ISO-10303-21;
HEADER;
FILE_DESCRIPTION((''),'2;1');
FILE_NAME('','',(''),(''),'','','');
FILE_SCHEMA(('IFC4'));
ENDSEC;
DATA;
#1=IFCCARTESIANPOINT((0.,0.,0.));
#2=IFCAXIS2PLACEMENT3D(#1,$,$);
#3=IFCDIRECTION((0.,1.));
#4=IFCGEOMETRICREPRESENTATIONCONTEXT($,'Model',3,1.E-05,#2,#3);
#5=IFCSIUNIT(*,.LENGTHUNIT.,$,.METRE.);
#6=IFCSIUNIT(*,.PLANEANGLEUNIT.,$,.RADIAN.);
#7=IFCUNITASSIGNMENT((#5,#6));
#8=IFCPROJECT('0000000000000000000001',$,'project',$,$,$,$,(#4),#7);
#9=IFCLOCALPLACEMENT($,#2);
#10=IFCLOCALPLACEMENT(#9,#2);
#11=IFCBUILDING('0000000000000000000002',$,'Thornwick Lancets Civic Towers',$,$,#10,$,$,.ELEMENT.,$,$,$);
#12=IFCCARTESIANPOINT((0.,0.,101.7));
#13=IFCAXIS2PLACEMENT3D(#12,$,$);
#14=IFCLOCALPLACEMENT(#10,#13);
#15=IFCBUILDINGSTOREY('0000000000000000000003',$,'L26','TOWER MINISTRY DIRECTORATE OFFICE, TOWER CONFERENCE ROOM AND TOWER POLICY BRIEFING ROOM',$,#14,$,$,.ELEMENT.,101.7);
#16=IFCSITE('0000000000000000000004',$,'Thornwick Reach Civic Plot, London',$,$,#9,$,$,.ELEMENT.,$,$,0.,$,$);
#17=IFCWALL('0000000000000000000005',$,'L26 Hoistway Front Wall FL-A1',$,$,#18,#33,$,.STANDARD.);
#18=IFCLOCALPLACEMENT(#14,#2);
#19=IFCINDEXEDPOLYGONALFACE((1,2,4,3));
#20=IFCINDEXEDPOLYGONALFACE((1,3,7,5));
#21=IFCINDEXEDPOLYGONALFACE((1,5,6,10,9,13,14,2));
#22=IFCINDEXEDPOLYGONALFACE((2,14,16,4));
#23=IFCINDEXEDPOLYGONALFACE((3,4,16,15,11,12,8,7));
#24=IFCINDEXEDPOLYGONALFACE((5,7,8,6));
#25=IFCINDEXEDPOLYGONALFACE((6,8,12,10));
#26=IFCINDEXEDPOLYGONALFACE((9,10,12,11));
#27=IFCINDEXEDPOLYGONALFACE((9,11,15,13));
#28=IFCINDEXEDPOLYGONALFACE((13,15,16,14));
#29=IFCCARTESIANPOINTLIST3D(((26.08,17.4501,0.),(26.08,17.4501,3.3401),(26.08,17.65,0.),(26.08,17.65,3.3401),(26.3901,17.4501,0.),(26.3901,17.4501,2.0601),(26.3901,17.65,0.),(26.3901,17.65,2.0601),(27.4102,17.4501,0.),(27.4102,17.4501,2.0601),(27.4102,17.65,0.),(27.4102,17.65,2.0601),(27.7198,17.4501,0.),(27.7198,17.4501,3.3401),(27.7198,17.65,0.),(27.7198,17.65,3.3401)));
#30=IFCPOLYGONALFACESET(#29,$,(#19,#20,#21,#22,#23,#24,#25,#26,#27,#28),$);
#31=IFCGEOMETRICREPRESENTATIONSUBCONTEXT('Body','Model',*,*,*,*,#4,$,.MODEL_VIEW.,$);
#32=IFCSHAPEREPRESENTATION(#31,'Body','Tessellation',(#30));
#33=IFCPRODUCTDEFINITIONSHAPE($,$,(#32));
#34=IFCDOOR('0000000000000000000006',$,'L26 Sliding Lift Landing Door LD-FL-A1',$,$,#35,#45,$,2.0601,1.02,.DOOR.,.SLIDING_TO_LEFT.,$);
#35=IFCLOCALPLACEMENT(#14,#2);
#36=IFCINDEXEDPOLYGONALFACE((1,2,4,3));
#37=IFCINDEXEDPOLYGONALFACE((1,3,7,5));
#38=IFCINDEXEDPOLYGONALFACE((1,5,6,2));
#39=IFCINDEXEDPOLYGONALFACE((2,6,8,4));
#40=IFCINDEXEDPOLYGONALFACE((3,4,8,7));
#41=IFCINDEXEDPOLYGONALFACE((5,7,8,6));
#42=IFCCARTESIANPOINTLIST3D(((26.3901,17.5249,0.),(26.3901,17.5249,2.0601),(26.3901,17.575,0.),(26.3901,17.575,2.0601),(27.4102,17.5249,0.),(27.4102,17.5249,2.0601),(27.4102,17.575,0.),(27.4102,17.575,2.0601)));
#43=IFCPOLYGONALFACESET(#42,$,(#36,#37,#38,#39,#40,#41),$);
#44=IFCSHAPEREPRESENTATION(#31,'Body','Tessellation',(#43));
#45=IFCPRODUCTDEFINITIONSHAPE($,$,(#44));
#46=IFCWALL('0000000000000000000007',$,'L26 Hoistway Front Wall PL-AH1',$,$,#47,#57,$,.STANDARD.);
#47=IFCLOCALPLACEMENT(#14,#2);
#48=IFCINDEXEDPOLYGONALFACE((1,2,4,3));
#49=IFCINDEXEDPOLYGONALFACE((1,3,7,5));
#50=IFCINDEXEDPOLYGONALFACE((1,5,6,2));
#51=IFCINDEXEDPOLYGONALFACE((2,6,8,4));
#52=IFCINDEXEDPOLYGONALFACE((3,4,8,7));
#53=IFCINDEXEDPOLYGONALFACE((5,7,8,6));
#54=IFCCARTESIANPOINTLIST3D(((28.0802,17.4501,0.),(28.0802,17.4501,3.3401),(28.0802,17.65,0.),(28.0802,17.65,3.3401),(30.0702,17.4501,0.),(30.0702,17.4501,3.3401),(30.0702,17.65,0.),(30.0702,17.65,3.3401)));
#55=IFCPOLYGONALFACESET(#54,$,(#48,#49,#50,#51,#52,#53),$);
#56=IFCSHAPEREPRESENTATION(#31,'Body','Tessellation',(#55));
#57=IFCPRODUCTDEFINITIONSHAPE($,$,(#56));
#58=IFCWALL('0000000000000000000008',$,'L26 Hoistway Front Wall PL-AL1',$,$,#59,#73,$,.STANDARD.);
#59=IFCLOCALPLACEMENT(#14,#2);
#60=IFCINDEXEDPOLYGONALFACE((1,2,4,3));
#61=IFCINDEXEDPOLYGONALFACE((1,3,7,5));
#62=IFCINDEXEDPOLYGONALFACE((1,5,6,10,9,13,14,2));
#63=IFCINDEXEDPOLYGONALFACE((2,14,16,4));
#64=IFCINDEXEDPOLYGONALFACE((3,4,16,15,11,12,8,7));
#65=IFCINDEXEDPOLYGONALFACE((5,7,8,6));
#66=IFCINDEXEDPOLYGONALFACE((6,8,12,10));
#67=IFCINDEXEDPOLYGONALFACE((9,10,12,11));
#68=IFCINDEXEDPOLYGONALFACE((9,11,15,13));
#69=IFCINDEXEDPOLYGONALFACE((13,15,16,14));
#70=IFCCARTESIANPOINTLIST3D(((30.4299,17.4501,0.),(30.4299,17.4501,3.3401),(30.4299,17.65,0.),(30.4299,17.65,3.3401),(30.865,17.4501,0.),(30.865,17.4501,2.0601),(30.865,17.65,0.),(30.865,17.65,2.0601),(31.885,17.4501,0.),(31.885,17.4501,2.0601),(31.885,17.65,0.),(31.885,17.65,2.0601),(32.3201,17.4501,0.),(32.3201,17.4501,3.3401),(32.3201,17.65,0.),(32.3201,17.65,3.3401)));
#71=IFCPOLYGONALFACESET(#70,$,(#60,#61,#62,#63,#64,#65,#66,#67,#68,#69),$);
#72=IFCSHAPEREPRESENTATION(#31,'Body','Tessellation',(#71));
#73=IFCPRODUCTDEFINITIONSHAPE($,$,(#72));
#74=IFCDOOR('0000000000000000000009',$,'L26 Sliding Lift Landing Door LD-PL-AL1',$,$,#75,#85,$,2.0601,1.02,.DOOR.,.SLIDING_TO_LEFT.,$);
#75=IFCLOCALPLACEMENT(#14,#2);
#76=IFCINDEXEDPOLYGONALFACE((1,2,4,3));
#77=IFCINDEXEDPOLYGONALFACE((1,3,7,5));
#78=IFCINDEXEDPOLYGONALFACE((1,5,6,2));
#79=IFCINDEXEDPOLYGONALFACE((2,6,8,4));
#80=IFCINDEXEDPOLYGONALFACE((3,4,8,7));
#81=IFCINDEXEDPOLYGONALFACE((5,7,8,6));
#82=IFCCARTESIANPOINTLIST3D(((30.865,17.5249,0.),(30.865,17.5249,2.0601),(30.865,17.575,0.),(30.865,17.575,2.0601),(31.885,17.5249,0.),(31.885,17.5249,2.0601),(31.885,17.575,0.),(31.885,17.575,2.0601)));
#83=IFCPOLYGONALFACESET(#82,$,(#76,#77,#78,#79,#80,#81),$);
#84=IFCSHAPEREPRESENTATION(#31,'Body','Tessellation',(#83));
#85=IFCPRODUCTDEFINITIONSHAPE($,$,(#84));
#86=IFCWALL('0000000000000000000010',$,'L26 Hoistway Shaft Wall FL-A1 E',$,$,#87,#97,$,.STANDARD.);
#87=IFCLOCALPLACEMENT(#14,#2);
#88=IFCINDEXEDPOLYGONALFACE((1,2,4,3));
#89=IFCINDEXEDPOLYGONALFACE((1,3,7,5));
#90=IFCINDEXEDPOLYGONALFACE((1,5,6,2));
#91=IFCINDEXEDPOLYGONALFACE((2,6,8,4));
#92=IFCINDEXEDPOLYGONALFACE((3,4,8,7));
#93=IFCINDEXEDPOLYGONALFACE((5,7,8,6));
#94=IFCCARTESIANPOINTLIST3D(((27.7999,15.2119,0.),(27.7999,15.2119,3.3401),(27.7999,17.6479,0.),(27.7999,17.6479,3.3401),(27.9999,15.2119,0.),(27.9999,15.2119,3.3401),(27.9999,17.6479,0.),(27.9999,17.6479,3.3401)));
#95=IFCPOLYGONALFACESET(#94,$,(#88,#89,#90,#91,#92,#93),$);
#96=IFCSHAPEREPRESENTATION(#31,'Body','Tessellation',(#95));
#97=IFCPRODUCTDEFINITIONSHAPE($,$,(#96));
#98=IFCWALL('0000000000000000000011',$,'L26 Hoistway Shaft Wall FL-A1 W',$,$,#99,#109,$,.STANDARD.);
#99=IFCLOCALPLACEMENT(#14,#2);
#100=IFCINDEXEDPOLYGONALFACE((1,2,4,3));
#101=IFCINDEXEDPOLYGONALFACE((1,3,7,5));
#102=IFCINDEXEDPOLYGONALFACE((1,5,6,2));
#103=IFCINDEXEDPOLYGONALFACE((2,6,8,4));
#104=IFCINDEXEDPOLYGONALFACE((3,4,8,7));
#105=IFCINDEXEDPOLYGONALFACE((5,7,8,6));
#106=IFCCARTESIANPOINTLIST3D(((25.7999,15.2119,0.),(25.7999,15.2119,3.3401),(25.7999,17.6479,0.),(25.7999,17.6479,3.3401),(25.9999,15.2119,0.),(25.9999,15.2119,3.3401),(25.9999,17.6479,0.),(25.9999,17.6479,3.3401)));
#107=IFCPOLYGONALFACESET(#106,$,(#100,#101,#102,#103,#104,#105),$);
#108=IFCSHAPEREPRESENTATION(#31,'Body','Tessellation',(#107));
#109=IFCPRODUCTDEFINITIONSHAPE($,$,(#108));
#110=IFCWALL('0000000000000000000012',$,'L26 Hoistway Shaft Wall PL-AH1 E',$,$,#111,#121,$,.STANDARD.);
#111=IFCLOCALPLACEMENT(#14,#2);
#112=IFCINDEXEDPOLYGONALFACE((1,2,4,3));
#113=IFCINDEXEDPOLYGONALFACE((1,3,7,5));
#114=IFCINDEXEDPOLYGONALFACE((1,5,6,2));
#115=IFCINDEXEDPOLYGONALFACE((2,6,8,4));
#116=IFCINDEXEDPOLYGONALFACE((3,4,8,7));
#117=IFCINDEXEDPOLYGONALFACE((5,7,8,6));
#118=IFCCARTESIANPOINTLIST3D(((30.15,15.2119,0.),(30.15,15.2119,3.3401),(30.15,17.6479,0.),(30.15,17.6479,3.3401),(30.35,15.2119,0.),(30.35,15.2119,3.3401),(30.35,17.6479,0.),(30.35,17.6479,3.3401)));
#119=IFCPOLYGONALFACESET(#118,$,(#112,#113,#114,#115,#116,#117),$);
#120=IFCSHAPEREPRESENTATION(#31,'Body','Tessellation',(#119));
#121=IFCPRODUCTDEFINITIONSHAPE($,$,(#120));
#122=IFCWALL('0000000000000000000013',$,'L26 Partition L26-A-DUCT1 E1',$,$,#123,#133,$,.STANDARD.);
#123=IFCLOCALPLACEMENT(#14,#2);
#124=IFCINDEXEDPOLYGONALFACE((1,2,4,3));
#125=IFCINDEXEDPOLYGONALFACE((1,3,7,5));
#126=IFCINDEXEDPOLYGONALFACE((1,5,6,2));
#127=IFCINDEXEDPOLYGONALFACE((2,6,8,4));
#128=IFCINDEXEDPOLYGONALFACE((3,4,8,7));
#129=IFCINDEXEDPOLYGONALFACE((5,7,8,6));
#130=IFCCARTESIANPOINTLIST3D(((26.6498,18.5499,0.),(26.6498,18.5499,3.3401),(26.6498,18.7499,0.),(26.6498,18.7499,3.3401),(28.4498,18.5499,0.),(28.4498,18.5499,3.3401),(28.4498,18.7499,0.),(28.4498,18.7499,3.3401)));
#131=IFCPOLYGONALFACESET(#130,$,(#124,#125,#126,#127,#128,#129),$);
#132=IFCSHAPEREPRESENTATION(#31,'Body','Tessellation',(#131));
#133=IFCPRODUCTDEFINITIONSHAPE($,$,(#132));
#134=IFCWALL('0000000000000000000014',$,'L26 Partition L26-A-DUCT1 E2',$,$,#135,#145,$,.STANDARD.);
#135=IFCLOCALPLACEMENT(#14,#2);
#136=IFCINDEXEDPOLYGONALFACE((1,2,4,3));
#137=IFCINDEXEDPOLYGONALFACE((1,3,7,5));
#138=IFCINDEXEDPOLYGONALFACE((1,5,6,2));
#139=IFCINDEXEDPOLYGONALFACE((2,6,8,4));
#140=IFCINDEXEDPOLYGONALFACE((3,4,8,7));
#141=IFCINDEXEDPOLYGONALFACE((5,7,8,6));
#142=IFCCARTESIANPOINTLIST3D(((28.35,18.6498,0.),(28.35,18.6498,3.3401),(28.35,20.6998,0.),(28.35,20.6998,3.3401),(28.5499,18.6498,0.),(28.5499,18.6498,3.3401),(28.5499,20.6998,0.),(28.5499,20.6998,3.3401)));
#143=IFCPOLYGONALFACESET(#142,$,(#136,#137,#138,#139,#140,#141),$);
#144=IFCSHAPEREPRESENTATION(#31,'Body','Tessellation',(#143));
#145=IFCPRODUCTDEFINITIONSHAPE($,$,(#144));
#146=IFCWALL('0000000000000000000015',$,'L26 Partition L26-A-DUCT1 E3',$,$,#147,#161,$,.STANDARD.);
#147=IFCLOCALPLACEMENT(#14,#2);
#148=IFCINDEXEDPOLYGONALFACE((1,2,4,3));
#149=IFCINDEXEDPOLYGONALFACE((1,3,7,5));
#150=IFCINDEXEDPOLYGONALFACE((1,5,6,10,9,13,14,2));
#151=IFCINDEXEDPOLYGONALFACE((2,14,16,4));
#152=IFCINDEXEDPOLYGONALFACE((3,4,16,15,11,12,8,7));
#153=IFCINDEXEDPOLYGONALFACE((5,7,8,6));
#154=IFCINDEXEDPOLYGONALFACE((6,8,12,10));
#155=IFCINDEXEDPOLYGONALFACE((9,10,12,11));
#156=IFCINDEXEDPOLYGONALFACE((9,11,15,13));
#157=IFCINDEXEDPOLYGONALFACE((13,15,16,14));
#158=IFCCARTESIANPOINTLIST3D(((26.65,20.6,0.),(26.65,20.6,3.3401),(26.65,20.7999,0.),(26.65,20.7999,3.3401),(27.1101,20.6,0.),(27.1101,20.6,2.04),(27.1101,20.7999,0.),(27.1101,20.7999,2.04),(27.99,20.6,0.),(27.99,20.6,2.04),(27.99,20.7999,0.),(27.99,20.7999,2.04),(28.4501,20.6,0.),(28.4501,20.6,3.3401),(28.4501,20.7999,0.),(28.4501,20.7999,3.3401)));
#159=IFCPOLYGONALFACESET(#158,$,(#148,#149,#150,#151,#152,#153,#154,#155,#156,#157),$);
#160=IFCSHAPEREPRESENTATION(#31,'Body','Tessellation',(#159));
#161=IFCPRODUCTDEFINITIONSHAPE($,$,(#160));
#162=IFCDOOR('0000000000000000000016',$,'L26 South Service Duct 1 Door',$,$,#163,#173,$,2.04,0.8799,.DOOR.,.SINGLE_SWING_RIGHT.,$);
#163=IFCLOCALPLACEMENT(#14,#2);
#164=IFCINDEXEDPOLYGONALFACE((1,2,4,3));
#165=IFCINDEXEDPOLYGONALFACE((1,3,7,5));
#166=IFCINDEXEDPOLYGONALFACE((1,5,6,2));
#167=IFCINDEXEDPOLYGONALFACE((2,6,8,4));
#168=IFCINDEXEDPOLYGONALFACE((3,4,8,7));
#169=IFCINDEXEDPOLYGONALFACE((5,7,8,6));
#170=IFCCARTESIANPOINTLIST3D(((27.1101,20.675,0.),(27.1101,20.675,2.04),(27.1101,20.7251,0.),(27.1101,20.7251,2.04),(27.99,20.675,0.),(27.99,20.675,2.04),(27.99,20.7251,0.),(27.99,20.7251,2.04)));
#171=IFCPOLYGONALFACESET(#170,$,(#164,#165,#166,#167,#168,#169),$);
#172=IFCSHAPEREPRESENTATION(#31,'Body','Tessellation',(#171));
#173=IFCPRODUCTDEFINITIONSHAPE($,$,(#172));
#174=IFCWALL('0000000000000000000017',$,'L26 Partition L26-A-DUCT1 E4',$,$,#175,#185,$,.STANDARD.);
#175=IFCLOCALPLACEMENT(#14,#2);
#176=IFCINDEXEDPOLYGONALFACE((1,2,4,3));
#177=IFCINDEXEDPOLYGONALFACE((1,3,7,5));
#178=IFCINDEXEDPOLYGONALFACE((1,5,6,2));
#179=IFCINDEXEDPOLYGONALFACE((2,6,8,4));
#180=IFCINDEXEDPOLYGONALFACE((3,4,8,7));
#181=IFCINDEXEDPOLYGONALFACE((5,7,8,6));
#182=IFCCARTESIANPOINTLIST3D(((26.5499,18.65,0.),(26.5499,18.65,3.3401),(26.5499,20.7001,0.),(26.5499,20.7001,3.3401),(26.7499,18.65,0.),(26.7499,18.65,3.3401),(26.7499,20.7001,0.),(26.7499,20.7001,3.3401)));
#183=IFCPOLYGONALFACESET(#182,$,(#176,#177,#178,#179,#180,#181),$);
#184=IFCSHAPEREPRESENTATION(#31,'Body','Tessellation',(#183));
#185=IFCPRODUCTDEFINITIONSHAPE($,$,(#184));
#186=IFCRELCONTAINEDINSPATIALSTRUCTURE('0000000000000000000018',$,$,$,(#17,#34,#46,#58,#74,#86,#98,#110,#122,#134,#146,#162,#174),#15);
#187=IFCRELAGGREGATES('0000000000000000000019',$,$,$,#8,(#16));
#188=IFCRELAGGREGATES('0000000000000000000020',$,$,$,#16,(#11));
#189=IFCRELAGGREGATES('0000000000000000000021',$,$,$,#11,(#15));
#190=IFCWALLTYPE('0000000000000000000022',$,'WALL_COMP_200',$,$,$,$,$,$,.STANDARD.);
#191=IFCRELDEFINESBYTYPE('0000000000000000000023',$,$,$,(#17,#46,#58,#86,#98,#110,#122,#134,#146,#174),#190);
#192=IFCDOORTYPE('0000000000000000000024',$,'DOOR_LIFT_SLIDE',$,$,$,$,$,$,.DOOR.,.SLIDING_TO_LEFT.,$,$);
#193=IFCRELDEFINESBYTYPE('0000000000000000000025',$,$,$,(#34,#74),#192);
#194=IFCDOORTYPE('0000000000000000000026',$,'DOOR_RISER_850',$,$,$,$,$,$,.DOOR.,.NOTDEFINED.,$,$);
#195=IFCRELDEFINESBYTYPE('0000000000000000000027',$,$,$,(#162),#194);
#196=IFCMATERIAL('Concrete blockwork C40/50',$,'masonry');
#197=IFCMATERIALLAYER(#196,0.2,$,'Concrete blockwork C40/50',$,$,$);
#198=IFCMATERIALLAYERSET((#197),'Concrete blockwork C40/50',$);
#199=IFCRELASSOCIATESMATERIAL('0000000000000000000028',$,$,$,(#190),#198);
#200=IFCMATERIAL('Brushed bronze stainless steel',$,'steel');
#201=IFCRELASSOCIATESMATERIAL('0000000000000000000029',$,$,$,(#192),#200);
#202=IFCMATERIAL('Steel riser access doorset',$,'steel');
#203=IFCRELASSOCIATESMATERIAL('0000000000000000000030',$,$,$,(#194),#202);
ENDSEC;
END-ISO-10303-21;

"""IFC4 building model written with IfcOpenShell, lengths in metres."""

from ifc_helpers import new_model, si_unit, direction, frame, frame_2d, origin, place, context, subcontext, project, spatial, rectangle, extrude, material, layer, layer_set, type_object, element, fill, save


model = new_model("IFC4")

# Units and contexts
model_context = context("Model", 3, precision=1e-05, world=origin(), true_north=direction((0.0, 1.0)))
body_context = subcontext(model_context, "Body", "Model", "MODEL_VIEW")
ifc_project = project(units=[si_unit("LENGTHUNIT", "METRE"), si_unit("PLANEANGLEUNIT", "RADIAN")], contexts=[model_context])

# Site, building, storey
site_placement = place(None, origin())
site = spatial("IfcSite", under=ifc_project, at=site_placement, Name="Thornwick Reach Civic Plot, London", CompositionType="ELEMENT", RefElevation=0.0)
building_placement = place(site_placement, origin())
building = spatial("IfcBuilding", under=site, at=building_placement, Name="Thornwick Lancets Civic Towers", CompositionType="ELEMENT")
storey_placement = place(building_placement, frame((0.0, 0.0, 101.7)))
storey = spatial("IfcBuildingStorey", under=building, at=storey_placement, Name="L26", Description="TOWER MINISTRY DIRECTORATE OFFICE, TOWER CONFERENCE ROOM AND TOWER POLICY BRIEFING ROOM", CompositionType="ELEMENT", Elevation=101.7)

# Wall, opening, door
ifc_material_1 = material(Name="Concrete blockwork C40/50", Category="masonry")
ifc_layer_1 = layer(ifc_material_1, 0.2, Name="Concrete blockwork C40/50")
ifc_layer_set_1 = layer_set([ifc_layer_1], Name="Concrete blockwork C40/50")
wall_type_1 = type_object("IfcWallType", Name="WALL_COMP_200", PredefinedType="STANDARD", material=ifc_layer_set_1)
wall_1_placement = place(storey_placement, frame((26.0801, 17.55, 0.0), z_axis=(0.0, 0.0, 1.0), x_axis=(1.0, 0.0, 0.0)))
wall_1 = element("IfcWall", 1, at=wall_1_placement, inside=storey, type_object=wall_type_1, Name="L26 Hoistway Front Wall FL-A1", PredefinedType="STANDARD", context=body_context, shape_type="SweptSolid", body=[
    extrude(rectangle(XDim=1.6399, YDim=0.2, at=frame_2d((0.8198, 0.0))), origin(), (0.0, 0.0, 1.0), 3.3401),
])
opening_1_placement = place(wall_1_placement, frame((0.3101, 0.0, 0.0)))
opening_1 = element("IfcOpeningElement", 2, at=opening_1_placement, cuts=wall_1, PredefinedType="OPENING", context=body_context, shape_type="SweptSolid", body=[
    extrude(rectangle(XDim=1.02, YDim=2.0601, at=frame_2d((0.51, 1.03))), frame((0.0, 0.1099, 0.0), z_axis=(0.0, -1.0, 0.0), x_axis=(1.0, 0.0, 0.0)), (0.0, 0.0, 1.0), 0.22),
])
ifc_material_2 = material(Name="Brushed bronze stainless steel", Category="steel")
door_type_1 = type_object("IfcDoorType", Name="DOOR_LIFT_SLIDE", OperationType="SLIDING_TO_LEFT", PredefinedType="DOOR", material=ifc_material_2)
door_1_placement = place(opening_1_placement, origin())
door_1 = element("IfcDoor", 3, at=door_1_placement, inside=storey, type_object=door_type_1, Name="L26 Sliding Lift Landing Door LD-FL-A1", OperationType="SLIDING_TO_LEFT", OverallHeight=2.0601, OverallWidth=1.02, PredefinedType="DOOR", context=body_context, shape_type="SweptSolid", body=[
    extrude(rectangle(XDim=1.02, YDim=2.0601, at=frame_2d((0.51, 1.03))), frame((0.0, 0.0249, 0.0), z_axis=(0.0, -1.0, 0.0), x_axis=(1.0, 0.0, 0.0)), (0.0, 0.0, 1.0), 0.05),
])
fill(opening_1, door_1)

# Wall
wall_2_placement = place(storey_placement, frame((28.0801, 17.55, 0.0), z_axis=(0.0, 0.0, 1.0), x_axis=(1.0, 0.0, 0.0)))
element("IfcWall", 4, at=wall_2_placement, inside=storey, type_object=wall_type_1, Name="L26 Hoistway Front Wall PL-AH1", PredefinedType="STANDARD", context=body_context, shape_type="SweptSolid", body=[
    extrude(rectangle(XDim=1.99, YDim=0.2, at=frame_2d((0.9951, 0.0))), origin(), (0.0, 0.0, 1.0), 3.3401),
])

# Wall, opening, door
wall_3_placement = place(storey_placement, frame((30.4299, 17.55, 0.0), z_axis=(0.0, 0.0, 1.0), x_axis=(1.0, 0.0, 0.0)))
wall_3 = element("IfcWall", 5, at=wall_3_placement, inside=storey, type_object=wall_type_1, Name="L26 Hoistway Front Wall PL-AL1", PredefinedType="STANDARD", context=body_context, shape_type="SweptSolid", body=[
    extrude(rectangle(XDim=1.8901, YDim=0.2, at=frame_2d((0.9451, 0.0))), origin(), (0.0, 0.0, 1.0), 3.3401),
])
opening_2_placement = place(wall_3_placement, frame((0.4351, 0.0, 0.0)))
opening_2 = element("IfcOpeningElement", 6, at=opening_2_placement, cuts=wall_3, PredefinedType="OPENING", context=body_context, shape_type="SweptSolid", body=[
    extrude(rectangle(XDim=1.02, YDim=2.0601, at=frame_2d((0.51, 1.03))), frame((0.0, 0.1099, 0.0), z_axis=(0.0, -1.0, 0.0), x_axis=(1.0, 0.0, 0.0)), (0.0, 0.0, 1.0), 0.22),
])
door_2_placement = place(opening_2_placement, origin())
door_2 = element("IfcDoor", 7, at=door_2_placement, inside=storey, type_object=door_type_1, Name="L26 Sliding Lift Landing Door LD-PL-AL1", OperationType="SLIDING_TO_LEFT", OverallHeight=2.0601, OverallWidth=1.02, PredefinedType="DOOR", context=body_context, shape_type="SweptSolid", body=[
    extrude(rectangle(XDim=1.02, YDim=2.0601, at=frame_2d((0.51, 1.03))), frame((0.0, 0.0249, 0.0), z_axis=(0.0, -1.0, 0.0), x_axis=(1.0, 0.0, 0.0)), (0.0, 0.0, 1.0), 0.05),
])
fill(opening_2, door_2)

# Walls
for number, where, z_axis, x_axis, name in (
    (8, (27.8999, 15.2119, 0.0), (0.0, 0.0, 1.0), (0.0, 1.0, 0.0), "L26 Hoistway Shaft Wall FL-A1 E"),
    (9, (25.8999, 15.2119, 0.0), (0.0, 0.0, 1.0), (0.0, 1.0, 0.0), "L26 Hoistway Shaft Wall FL-A1 W"),
    (10, (30.25, 15.2119, 0.0), (0.0, 0.0, 1.0), (0.0, 1.0, 0.0), "L26 Hoistway Shaft Wall PL-AH1 E"),
):
    element("IfcWall", number, at=place(storey_placement, frame(where, z_axis=z_axis, x_axis=x_axis)), inside=storey, type_object=wall_type_1, Name=name, PredefinedType="STANDARD", context=body_context, shape_type="SweptSolid", body=[
        extrude(rectangle(XDim=2.436, YDim=0.2, at=frame_2d((1.218, 0.0))), origin(), (0.0, 0.0, 1.0), 3.3401),
    ])
wall_4_placement = place(storey_placement, frame((26.6499, 18.6499, 0.0), z_axis=(0.0, 0.0, 1.0), x_axis=(1.0, 0.0, 0.0)))
element("IfcWall", 11, at=wall_4_placement, inside=storey, type_object=wall_type_1, Name="L26 Partition L26-A-DUCT1 E1", PredefinedType="STANDARD", context=body_context, shape_type="SweptSolid", body=[
    extrude(rectangle(XDim=1.8, YDim=0.2, at=frame_2d((0.8999, 0.0))), origin(), (0.0, 0.0, 1.0), 3.3401),
])
wall_5_placement = place(storey_placement, frame((28.45, 18.6499, 0.0), z_axis=(0.0, 0.0, 1.0), x_axis=(0.0, 1.0, 0.0)))
element("IfcWall", 12, at=wall_5_placement, inside=storey, type_object=wall_type_1, Name="L26 Partition L26-A-DUCT1 E2", PredefinedType="STANDARD", context=body_context, shape_type="SweptSolid", body=[
    extrude(rectangle(XDim=2.05, YDim=0.2, at=frame_2d((1.0249, 0.0))), origin(), (0.0, 0.0, 1.0), 3.3401),
])

# Wall, opening, door
wall_6_placement = place(storey_placement, frame((28.45, 20.7, 0.0), z_axis=(0.0, 0.0, 1.0), x_axis=(-1.0, 0.0, 0.0)))
wall_6 = element("IfcWall", 13, at=wall_6_placement, inside=storey, type_object=wall_type_1, Name="L26 Partition L26-A-DUCT1 E3", PredefinedType="STANDARD", context=body_context, shape_type="SweptSolid", body=[
    extrude(rectangle(XDim=1.8, YDim=0.2, at=frame_2d((0.8999, 0.0))), origin(), (0.0, 0.0, 1.0), 3.3401),
])
opening_3_placement = place(wall_6_placement, frame((0.46, 0.0, 0.0)))
opening_3 = element("IfcOpeningElement", 14, at=opening_3_placement, cuts=wall_6, PredefinedType="OPENING", context=body_context, shape_type="SweptSolid", body=[
    extrude(rectangle(XDim=0.8799, YDim=2.04, at=frame_2d((0.4399, 1.02))), frame((0.0, 0.1099, 0.0), z_axis=(0.0, -1.0, 0.0), x_axis=(1.0, 0.0, 0.0)), (0.0, 0.0, 1.0), 0.22),
])
ifc_material_3 = material(Name="Steel riser access doorset", Category="steel")
door_type_2 = type_object("IfcDoorType", Name="DOOR_RISER_850", OperationType="NOTDEFINED", PredefinedType="DOOR", material=ifc_material_3)
door_3_placement = place(opening_3_placement, origin())
door_3 = element("IfcDoor", 15, at=door_3_placement, inside=storey, type_object=door_type_2, Name="L26 South Service Duct 1 Door", OperationType="SINGLE_SWING_RIGHT", OverallHeight=2.04, OverallWidth=0.8799, PredefinedType="DOOR", context=body_context, shape_type="SweptSolid", body=[
    extrude(rectangle(XDim=0.8799, YDim=2.04, at=frame_2d((0.4399, 1.02))), frame((0.0, 0.0249, 0.0), z_axis=(0.0, -1.0, 0.0), x_axis=(1.0, 0.0, 0.0)), (0.0, 0.0, 1.0), 0.05),
])
fill(opening_3, door_3)

# Wall
for number, where, z_axis, x_axis, name in (
    (16, (26.6499, 20.7, 0.0), (0.0, 0.0, 1.0), (0.0, -1.0, 0.0), "L26 Partition L26-A-DUCT1 E4"),
):
    element("IfcWall", number, at=place(storey_placement, frame(where, z_axis=z_axis, x_axis=x_axis)), inside=storey, type_object=wall_type_1, Name=name, PredefinedType="STANDARD", context=body_context, shape_type="SweptSolid", body=[
        extrude(rectangle(XDim=2.05, YDim=0.2, at=frame_2d((1.0249, 0.0))), origin(), (0.0, 0.0, 1.0), 3.3401),
    ])

save(model, "model.ifc")
